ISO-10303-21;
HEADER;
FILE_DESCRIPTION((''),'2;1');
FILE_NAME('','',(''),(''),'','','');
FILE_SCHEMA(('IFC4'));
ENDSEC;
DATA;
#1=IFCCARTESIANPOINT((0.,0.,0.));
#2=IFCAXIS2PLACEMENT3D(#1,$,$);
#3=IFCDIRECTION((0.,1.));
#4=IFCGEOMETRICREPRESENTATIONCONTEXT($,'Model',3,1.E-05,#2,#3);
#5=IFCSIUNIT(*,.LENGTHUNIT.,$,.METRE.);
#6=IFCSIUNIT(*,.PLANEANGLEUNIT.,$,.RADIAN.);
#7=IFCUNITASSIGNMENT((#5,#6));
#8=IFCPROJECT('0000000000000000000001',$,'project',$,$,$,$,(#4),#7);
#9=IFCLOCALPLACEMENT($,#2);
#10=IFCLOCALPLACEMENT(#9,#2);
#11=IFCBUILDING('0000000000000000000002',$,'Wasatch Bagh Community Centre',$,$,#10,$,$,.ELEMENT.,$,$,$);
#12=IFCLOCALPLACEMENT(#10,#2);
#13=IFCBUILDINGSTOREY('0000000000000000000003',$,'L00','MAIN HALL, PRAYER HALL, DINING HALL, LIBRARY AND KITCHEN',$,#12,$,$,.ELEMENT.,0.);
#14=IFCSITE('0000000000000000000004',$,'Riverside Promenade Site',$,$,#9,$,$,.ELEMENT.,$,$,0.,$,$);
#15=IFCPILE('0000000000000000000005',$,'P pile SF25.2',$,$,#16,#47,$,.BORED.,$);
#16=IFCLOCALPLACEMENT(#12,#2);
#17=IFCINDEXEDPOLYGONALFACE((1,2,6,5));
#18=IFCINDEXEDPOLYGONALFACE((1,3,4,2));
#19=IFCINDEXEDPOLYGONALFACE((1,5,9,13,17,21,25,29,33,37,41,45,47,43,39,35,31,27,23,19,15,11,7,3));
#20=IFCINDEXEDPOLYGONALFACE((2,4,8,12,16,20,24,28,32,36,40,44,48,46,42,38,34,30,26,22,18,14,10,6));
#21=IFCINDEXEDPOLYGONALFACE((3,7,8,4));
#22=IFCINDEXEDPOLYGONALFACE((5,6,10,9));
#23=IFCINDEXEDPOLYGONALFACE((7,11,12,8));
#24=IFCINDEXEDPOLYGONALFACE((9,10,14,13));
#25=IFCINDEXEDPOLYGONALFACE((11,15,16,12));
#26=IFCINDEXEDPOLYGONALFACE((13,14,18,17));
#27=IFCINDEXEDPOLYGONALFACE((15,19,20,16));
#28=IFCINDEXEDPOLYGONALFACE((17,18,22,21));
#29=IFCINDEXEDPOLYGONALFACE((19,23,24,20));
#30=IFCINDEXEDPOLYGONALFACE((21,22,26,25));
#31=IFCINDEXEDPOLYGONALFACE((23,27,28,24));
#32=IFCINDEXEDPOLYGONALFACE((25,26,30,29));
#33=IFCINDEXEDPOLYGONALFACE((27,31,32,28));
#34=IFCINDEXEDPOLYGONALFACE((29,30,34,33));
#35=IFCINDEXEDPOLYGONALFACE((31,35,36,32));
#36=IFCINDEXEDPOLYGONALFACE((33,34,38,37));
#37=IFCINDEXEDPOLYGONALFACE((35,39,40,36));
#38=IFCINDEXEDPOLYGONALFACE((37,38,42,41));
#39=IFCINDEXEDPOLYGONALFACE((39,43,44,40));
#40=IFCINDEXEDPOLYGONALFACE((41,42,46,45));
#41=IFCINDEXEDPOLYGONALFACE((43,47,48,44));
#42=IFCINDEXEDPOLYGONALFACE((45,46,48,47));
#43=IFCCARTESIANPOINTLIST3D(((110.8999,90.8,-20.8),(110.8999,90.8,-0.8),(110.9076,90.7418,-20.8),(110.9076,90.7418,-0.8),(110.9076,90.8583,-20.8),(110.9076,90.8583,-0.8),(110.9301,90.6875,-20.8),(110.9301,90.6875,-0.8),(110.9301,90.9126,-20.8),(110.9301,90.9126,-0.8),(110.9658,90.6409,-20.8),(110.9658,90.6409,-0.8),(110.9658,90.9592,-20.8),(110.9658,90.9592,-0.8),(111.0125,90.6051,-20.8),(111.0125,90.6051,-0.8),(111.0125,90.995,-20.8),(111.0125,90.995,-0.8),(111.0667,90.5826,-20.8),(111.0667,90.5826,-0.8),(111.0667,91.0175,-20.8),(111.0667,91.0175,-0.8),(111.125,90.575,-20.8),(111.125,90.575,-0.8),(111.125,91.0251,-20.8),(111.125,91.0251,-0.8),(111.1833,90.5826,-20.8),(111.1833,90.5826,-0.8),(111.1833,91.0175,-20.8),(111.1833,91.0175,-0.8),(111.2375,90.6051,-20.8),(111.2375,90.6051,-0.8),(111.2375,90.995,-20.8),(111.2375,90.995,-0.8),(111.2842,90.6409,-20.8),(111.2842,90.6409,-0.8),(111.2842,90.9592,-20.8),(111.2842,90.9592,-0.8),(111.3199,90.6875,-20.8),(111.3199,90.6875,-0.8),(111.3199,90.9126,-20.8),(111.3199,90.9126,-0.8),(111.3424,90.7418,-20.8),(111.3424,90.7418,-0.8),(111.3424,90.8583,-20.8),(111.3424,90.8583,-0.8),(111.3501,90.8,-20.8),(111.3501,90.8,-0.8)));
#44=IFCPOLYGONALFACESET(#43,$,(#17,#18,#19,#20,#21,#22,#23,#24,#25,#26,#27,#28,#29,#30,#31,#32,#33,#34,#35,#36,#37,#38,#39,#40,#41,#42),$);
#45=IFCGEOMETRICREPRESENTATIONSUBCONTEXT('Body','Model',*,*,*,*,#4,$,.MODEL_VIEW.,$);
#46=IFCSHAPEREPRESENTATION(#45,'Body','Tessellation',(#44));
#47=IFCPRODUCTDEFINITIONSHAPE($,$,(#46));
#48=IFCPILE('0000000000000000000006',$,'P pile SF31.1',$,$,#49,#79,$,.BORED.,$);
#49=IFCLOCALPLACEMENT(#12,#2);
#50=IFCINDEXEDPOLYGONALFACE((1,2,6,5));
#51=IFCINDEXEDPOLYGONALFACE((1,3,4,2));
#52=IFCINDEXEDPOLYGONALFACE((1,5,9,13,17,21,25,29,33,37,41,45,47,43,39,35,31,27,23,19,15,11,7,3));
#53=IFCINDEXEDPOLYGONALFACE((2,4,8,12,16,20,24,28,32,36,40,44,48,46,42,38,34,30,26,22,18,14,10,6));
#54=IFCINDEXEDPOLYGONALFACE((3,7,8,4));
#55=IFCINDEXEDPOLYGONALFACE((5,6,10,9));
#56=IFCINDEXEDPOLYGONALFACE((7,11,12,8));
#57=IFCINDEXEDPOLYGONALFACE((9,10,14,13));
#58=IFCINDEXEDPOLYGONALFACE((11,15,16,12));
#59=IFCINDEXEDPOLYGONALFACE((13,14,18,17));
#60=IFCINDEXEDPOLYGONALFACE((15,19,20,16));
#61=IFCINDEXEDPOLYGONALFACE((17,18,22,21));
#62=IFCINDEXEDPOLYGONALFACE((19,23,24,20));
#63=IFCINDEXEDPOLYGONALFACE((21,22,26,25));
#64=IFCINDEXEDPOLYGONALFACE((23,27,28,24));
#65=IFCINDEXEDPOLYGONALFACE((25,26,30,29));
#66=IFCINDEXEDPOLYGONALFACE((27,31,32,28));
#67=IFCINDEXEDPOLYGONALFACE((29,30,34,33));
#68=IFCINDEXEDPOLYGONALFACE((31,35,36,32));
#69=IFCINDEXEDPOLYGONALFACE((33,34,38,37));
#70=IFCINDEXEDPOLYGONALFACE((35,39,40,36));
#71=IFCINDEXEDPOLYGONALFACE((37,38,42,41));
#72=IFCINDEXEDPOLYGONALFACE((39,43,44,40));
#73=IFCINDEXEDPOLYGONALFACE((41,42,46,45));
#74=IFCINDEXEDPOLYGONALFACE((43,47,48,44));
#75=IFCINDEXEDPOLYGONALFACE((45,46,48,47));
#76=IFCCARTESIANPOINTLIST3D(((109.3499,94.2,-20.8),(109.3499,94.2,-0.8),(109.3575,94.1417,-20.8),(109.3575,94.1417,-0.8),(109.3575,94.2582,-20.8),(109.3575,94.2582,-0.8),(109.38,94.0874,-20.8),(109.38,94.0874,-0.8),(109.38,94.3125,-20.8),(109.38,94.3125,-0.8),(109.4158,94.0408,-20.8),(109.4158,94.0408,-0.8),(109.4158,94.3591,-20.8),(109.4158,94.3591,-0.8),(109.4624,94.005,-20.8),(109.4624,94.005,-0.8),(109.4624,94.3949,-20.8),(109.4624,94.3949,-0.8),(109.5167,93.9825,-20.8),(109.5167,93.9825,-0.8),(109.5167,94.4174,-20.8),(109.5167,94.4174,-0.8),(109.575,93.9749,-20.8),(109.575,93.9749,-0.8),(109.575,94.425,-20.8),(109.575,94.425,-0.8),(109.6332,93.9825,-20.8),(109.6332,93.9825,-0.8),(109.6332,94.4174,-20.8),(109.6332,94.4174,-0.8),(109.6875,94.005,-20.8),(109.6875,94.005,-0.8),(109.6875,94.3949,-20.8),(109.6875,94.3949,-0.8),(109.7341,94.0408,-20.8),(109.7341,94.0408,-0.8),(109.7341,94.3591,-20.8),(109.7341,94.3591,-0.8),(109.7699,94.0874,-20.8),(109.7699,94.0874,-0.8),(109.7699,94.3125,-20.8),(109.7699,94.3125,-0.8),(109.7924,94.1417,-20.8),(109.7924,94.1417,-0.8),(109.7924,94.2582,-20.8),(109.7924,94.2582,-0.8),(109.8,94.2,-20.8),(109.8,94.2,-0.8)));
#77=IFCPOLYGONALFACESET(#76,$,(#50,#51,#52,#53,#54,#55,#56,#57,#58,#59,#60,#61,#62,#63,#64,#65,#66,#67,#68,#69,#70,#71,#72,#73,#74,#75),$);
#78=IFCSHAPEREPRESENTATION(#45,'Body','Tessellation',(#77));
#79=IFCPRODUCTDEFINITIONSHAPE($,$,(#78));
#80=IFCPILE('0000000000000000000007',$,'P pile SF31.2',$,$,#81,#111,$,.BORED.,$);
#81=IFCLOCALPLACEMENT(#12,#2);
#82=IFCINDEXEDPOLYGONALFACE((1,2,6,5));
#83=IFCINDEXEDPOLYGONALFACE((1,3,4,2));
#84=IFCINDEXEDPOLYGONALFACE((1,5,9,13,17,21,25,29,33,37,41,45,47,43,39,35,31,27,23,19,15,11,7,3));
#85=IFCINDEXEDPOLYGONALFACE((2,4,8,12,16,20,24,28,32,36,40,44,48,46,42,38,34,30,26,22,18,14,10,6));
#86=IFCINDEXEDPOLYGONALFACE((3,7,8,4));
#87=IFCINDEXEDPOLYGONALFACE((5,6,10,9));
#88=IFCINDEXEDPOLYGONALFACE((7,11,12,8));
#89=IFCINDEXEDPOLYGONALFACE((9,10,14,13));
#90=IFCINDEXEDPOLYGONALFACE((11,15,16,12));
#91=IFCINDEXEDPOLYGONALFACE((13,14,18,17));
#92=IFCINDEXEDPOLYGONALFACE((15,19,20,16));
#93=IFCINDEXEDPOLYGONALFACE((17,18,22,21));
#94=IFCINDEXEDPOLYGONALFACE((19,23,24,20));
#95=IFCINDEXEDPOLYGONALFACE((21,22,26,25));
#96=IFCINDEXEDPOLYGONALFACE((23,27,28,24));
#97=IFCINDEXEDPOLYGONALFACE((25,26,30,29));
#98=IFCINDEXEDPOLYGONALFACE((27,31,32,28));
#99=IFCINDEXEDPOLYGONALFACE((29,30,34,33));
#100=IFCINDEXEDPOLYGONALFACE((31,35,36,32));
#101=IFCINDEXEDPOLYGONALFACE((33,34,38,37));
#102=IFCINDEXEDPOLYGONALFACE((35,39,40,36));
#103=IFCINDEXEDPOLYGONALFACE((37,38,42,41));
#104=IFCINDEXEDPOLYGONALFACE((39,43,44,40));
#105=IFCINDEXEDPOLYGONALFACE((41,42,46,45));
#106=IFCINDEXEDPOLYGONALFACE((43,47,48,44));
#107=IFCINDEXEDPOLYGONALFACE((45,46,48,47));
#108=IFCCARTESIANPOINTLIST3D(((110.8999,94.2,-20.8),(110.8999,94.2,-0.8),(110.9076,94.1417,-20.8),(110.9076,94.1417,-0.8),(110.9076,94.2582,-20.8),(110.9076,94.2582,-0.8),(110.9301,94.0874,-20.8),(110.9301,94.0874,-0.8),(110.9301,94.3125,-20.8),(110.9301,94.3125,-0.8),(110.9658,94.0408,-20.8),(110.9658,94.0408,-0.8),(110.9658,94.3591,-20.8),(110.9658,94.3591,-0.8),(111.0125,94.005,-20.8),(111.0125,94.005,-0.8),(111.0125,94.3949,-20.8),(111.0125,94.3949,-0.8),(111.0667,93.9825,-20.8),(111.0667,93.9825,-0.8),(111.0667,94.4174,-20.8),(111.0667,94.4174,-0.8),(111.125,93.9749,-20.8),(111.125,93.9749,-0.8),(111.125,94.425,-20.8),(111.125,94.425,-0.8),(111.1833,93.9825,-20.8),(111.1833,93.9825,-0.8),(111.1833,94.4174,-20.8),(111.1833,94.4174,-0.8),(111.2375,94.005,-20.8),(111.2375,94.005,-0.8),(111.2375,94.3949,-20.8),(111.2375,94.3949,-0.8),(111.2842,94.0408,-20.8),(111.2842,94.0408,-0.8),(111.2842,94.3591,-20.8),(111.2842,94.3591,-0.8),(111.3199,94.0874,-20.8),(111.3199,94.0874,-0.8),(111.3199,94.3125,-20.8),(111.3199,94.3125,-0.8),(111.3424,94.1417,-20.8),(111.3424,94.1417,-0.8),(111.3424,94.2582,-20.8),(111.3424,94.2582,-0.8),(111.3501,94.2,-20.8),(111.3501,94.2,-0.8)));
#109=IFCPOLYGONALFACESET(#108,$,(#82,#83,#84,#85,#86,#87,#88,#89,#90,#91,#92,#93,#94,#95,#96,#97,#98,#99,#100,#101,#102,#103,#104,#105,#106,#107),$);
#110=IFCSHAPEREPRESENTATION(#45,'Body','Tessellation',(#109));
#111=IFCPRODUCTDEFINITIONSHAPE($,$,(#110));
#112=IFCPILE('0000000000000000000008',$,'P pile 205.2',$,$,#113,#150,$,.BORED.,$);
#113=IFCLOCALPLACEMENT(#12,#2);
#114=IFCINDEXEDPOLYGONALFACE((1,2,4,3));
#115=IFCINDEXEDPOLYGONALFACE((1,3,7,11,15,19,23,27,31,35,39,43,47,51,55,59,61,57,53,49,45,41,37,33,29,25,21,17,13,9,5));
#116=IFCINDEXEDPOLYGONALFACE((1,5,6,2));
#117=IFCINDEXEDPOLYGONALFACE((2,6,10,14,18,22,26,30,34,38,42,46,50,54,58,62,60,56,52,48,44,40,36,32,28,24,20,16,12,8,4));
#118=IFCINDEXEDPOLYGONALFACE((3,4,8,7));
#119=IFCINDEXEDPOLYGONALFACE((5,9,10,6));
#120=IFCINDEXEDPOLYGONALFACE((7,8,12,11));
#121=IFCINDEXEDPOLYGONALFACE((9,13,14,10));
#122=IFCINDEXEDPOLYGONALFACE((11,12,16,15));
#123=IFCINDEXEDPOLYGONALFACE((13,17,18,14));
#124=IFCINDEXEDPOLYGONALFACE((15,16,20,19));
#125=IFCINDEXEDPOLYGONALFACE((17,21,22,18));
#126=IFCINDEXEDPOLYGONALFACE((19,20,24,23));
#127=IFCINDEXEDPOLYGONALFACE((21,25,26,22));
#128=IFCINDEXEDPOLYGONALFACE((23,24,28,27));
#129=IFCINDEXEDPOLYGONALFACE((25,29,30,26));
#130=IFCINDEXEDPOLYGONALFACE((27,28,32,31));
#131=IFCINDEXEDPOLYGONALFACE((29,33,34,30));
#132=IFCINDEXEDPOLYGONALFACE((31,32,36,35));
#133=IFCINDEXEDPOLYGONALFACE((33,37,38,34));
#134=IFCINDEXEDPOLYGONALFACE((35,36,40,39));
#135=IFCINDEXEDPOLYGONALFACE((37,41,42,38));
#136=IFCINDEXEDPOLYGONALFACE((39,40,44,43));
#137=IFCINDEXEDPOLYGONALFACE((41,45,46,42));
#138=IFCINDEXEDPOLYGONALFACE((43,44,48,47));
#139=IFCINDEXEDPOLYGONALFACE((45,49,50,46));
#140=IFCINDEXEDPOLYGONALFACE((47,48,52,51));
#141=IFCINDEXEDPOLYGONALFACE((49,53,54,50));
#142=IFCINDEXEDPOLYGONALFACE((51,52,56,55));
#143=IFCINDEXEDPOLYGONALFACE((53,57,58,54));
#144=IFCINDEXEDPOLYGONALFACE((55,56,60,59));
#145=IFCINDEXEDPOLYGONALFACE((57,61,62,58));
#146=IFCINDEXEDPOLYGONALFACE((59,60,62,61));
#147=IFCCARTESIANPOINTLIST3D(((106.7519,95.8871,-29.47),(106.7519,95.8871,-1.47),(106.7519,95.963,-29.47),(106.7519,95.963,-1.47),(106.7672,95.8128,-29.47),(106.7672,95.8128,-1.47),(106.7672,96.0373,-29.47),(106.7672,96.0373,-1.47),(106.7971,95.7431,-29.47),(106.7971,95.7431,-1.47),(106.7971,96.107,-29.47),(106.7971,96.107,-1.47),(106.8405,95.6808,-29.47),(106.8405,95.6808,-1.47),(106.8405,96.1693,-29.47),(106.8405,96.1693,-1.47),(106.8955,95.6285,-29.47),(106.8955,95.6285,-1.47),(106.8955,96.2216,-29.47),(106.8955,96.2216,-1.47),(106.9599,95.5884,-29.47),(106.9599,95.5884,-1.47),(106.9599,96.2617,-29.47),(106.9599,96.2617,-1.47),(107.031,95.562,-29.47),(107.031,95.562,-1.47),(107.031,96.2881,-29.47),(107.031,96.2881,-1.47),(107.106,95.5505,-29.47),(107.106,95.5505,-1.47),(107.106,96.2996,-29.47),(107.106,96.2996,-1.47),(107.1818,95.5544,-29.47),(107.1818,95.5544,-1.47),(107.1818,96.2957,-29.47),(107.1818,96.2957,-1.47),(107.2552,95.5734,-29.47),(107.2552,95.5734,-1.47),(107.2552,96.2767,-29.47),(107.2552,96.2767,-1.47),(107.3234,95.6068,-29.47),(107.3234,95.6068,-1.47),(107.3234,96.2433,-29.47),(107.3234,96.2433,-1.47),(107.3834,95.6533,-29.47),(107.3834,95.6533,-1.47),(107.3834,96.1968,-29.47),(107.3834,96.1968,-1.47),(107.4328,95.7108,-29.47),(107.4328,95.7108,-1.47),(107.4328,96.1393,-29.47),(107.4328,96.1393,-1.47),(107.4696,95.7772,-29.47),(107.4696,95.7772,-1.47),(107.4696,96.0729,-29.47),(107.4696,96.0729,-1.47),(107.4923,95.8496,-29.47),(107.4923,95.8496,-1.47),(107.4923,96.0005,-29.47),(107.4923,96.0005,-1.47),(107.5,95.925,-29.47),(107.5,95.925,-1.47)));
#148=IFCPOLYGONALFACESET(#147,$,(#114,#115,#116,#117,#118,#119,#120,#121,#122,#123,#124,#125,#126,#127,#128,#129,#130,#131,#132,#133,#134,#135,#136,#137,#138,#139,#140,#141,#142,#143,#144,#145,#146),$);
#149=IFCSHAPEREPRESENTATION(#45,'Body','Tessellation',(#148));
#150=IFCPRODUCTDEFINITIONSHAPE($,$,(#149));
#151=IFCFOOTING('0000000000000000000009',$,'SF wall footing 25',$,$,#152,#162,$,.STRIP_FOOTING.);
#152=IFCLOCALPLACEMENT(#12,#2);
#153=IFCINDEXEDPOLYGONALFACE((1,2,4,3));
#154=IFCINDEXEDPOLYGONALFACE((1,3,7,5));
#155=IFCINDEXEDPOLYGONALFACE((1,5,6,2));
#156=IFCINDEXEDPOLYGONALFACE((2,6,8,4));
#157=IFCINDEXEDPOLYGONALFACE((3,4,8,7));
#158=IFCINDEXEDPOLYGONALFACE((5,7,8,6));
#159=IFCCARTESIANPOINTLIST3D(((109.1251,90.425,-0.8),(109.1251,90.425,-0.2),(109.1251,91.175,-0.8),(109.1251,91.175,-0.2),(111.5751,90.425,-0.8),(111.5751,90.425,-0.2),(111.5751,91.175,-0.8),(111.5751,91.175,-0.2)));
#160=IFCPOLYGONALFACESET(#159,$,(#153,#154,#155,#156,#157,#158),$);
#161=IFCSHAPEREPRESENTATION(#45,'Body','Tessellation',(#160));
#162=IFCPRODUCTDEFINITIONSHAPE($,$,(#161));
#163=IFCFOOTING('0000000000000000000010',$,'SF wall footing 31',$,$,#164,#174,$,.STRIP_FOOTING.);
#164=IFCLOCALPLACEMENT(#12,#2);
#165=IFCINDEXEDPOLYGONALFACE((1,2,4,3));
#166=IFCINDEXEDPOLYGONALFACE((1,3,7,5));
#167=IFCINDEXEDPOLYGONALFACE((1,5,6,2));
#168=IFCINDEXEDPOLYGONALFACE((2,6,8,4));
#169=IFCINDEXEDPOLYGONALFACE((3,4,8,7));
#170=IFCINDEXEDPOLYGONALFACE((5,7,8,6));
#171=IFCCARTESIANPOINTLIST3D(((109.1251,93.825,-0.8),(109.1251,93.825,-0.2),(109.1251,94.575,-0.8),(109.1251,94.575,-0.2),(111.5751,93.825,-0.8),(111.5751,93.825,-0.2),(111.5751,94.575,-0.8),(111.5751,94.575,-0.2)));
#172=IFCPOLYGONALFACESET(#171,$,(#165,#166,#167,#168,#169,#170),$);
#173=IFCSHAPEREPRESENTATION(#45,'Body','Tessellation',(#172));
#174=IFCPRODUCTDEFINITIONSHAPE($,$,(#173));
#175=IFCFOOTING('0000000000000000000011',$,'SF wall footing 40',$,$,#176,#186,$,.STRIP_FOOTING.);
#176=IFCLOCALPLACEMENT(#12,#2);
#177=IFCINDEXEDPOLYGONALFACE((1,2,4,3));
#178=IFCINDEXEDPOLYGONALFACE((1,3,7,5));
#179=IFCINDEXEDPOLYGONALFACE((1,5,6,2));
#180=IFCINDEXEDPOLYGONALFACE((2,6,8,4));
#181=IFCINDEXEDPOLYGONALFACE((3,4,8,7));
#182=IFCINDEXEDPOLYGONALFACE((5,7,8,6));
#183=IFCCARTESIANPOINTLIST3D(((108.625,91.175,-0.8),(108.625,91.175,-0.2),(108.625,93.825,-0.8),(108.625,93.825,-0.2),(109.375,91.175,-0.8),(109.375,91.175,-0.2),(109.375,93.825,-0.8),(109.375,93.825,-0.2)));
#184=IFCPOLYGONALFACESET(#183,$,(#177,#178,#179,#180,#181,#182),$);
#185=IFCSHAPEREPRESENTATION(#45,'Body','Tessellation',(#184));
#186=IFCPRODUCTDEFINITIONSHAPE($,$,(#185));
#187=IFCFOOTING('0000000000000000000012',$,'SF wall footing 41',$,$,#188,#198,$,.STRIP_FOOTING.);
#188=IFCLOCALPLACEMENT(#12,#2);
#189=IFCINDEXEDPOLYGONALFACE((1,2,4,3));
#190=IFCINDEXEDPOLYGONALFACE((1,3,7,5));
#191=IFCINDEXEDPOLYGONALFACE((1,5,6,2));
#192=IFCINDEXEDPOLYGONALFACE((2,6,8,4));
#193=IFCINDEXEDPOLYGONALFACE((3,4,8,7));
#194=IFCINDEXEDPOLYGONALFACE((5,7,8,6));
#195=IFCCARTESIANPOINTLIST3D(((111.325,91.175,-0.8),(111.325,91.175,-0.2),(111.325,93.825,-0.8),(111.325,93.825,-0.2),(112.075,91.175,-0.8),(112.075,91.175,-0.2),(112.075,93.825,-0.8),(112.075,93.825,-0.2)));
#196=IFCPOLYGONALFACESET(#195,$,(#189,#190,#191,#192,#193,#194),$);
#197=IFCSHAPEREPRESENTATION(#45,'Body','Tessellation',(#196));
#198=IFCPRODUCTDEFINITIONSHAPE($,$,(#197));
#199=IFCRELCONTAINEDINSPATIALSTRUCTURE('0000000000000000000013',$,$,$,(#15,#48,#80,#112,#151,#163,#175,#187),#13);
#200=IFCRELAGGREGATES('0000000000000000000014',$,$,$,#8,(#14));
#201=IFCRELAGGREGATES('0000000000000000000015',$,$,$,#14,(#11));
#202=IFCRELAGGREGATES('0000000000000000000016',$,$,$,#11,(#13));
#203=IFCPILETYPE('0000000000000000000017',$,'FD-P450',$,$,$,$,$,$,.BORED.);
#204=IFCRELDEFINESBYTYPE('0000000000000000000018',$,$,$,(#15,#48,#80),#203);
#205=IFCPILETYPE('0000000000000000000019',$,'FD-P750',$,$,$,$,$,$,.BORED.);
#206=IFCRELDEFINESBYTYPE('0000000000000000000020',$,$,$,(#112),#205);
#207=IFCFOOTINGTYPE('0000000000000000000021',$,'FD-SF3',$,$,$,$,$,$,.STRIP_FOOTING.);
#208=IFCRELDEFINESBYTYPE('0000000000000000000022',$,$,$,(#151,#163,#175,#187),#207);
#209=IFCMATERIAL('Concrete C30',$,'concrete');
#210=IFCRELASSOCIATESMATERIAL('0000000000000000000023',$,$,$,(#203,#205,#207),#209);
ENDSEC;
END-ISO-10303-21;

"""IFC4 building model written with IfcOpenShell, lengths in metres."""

from ifc_helpers import new_model, si_unit, direction, frame, origin, origin_2d, place, context, subcontext, project, spatial, rectangle, circle, extrude, material, material_profile, profile_set, type_object, element, save


model = new_model("IFC4")

# Units and contexts
model_context = context("Model", 3, precision=1e-05, world=origin(), true_north=direction((0.0, 1.0)))
body_context = subcontext(model_context, "Body", "Model", "MODEL_VIEW")
ifc_project = project(units=[si_unit("LENGTHUNIT", "METRE"), si_unit("PLANEANGLEUNIT", "RADIAN")], contexts=[model_context])

# Site, building, storey
site_placement = place(None, origin())
site = spatial("IfcSite", under=ifc_project, at=site_placement, Name="Riverside Promenade Site", CompositionType="ELEMENT", RefElevation=0.0)
building_placement = place(site_placement, origin())
building = spatial("IfcBuilding", under=site, at=building_placement, Name="Wasatch Bagh Community Centre", CompositionType="ELEMENT")
storey_placement = place(building_placement, origin())
storey = spatial("IfcBuildingStorey", under=building, at=storey_placement, Name="L00", Description="MAIN HALL, PRAYER HALL, DINING HALL, LIBRARY AND KITCHEN", CompositionType="ELEMENT", Elevation=0.0)

# Piles
ifc_material_1 = material(Name="Concrete C30", Category="concrete")
ifc_material_profile_1 = material_profile(ifc_material_1, circle(Radius=0.2251, at=origin_2d()), Name="RC D450")
ifc_profile_set_1 = profile_set([ifc_material_profile_1], Name="Concrete C30")
pile_type_1 = type_object("IfcPileType", Name="FD-P450", PredefinedType="BORED", material=ifc_profile_set_1)
for number, where, z_axis, x_axis, name in (
    (1, (111.125, 90.8, -0.8), (0.0, 0.0, -1.0), (1.0, 0.0, 0.0), "P pile SF25.2"),
    (2, (109.575, 94.2, -0.8), (0.0, 0.0, -1.0), (1.0, 0.0, 0.0), "P pile SF31.1"),
    (3, (111.125, 94.2, -0.8), (0.0, 0.0, -1.0), (1.0, 0.0, 0.0), "P pile SF31.2"),
):
    element("IfcPile", number, at=place(storey_placement, frame(where, z_axis=z_axis, x_axis=x_axis)), inside=storey, type_object=pile_type_1, Name=name, PredefinedType="BORED", context=body_context, shape_type="SweptSolid", body=[
        extrude(circle(Radius=0.2251, at=origin_2d()), origin(), (0.0, 0.0, 1.0), 20.0),
    ])
ifc_material_profile_2 = material_profile(ifc_material_1, circle(Radius=0.375, at=origin_2d()), Name="RC D750")
ifc_profile_set_2 = profile_set([ifc_material_profile_2], Name="Concrete C30")
pile_type_2 = type_object("IfcPileType", Name="FD-P750", PredefinedType="BORED", material=ifc_profile_set_2)
pile_placement = place(storey_placement, frame((107.125, 95.925, -1.47), z_axis=(0.0, 0.0, -1.0), x_axis=(1.0, 0.0, 0.0)))
element("IfcPile", 4, at=pile_placement, inside=storey, type_object=pile_type_2, Name="P pile 205.2", PredefinedType="BORED", context=body_context, shape_type="SweptSolid", body=[
    extrude(circle(Radius=0.375, at=origin_2d()), origin(), (0.0, 0.0, 1.0), 28.0),
])

# Footings
footing_type = type_object("IfcFootingType", Name="FD-SF3", PredefinedType="STRIP_FOOTING", material=ifc_material_1)
for number, where, z_axis, x_axis, name in (
    (5, (110.3501, 90.8, -0.8), (0.0, 0.0, 1.0), (1.0, 0.0, 0.0), "SF wall footing 25"),
    (6, (110.3501, 94.2, -0.8), (0.0, 0.0, 1.0), (1.0, 0.0, 0.0), "SF wall footing 31"),
):
    element("IfcFooting", number, at=place(storey_placement, frame(where, z_axis=z_axis, x_axis=x_axis)), inside=storey, type_object=footing_type, Name=name, PredefinedType="STRIP_FOOTING", context=body_context, shape_type="SweptSolid", body=[
        extrude(rectangle(XDim=2.45, YDim=0.75, at=origin_2d()), origin(), (0.0, 0.0, 1.0), 0.6001),
    ])
for number, where, z_axis, x_axis, name in (
    (7, (109.0, 92.5, -0.8), (0.0, 0.0, 1.0), (0.0, 1.0, 0.0), "SF wall footing 40"),
    (8, (111.7, 92.5, -0.8), (0.0, 0.0, 1.0), (0.0, 1.0, 0.0), "SF wall footing 41"),
):
    element("IfcFooting", number, at=place(storey_placement, frame(where, z_axis=z_axis, x_axis=x_axis)), inside=storey, type_object=footing_type, Name=name, PredefinedType="STRIP_FOOTING", context=body_context, shape_type="SweptSolid", body=[
        extrude(rectangle(XDim=2.6499, YDim=0.75, at=origin_2d()), origin(), (0.0, 0.0, 1.0), 0.6001),
    ])

save(model, "model.ifc")
